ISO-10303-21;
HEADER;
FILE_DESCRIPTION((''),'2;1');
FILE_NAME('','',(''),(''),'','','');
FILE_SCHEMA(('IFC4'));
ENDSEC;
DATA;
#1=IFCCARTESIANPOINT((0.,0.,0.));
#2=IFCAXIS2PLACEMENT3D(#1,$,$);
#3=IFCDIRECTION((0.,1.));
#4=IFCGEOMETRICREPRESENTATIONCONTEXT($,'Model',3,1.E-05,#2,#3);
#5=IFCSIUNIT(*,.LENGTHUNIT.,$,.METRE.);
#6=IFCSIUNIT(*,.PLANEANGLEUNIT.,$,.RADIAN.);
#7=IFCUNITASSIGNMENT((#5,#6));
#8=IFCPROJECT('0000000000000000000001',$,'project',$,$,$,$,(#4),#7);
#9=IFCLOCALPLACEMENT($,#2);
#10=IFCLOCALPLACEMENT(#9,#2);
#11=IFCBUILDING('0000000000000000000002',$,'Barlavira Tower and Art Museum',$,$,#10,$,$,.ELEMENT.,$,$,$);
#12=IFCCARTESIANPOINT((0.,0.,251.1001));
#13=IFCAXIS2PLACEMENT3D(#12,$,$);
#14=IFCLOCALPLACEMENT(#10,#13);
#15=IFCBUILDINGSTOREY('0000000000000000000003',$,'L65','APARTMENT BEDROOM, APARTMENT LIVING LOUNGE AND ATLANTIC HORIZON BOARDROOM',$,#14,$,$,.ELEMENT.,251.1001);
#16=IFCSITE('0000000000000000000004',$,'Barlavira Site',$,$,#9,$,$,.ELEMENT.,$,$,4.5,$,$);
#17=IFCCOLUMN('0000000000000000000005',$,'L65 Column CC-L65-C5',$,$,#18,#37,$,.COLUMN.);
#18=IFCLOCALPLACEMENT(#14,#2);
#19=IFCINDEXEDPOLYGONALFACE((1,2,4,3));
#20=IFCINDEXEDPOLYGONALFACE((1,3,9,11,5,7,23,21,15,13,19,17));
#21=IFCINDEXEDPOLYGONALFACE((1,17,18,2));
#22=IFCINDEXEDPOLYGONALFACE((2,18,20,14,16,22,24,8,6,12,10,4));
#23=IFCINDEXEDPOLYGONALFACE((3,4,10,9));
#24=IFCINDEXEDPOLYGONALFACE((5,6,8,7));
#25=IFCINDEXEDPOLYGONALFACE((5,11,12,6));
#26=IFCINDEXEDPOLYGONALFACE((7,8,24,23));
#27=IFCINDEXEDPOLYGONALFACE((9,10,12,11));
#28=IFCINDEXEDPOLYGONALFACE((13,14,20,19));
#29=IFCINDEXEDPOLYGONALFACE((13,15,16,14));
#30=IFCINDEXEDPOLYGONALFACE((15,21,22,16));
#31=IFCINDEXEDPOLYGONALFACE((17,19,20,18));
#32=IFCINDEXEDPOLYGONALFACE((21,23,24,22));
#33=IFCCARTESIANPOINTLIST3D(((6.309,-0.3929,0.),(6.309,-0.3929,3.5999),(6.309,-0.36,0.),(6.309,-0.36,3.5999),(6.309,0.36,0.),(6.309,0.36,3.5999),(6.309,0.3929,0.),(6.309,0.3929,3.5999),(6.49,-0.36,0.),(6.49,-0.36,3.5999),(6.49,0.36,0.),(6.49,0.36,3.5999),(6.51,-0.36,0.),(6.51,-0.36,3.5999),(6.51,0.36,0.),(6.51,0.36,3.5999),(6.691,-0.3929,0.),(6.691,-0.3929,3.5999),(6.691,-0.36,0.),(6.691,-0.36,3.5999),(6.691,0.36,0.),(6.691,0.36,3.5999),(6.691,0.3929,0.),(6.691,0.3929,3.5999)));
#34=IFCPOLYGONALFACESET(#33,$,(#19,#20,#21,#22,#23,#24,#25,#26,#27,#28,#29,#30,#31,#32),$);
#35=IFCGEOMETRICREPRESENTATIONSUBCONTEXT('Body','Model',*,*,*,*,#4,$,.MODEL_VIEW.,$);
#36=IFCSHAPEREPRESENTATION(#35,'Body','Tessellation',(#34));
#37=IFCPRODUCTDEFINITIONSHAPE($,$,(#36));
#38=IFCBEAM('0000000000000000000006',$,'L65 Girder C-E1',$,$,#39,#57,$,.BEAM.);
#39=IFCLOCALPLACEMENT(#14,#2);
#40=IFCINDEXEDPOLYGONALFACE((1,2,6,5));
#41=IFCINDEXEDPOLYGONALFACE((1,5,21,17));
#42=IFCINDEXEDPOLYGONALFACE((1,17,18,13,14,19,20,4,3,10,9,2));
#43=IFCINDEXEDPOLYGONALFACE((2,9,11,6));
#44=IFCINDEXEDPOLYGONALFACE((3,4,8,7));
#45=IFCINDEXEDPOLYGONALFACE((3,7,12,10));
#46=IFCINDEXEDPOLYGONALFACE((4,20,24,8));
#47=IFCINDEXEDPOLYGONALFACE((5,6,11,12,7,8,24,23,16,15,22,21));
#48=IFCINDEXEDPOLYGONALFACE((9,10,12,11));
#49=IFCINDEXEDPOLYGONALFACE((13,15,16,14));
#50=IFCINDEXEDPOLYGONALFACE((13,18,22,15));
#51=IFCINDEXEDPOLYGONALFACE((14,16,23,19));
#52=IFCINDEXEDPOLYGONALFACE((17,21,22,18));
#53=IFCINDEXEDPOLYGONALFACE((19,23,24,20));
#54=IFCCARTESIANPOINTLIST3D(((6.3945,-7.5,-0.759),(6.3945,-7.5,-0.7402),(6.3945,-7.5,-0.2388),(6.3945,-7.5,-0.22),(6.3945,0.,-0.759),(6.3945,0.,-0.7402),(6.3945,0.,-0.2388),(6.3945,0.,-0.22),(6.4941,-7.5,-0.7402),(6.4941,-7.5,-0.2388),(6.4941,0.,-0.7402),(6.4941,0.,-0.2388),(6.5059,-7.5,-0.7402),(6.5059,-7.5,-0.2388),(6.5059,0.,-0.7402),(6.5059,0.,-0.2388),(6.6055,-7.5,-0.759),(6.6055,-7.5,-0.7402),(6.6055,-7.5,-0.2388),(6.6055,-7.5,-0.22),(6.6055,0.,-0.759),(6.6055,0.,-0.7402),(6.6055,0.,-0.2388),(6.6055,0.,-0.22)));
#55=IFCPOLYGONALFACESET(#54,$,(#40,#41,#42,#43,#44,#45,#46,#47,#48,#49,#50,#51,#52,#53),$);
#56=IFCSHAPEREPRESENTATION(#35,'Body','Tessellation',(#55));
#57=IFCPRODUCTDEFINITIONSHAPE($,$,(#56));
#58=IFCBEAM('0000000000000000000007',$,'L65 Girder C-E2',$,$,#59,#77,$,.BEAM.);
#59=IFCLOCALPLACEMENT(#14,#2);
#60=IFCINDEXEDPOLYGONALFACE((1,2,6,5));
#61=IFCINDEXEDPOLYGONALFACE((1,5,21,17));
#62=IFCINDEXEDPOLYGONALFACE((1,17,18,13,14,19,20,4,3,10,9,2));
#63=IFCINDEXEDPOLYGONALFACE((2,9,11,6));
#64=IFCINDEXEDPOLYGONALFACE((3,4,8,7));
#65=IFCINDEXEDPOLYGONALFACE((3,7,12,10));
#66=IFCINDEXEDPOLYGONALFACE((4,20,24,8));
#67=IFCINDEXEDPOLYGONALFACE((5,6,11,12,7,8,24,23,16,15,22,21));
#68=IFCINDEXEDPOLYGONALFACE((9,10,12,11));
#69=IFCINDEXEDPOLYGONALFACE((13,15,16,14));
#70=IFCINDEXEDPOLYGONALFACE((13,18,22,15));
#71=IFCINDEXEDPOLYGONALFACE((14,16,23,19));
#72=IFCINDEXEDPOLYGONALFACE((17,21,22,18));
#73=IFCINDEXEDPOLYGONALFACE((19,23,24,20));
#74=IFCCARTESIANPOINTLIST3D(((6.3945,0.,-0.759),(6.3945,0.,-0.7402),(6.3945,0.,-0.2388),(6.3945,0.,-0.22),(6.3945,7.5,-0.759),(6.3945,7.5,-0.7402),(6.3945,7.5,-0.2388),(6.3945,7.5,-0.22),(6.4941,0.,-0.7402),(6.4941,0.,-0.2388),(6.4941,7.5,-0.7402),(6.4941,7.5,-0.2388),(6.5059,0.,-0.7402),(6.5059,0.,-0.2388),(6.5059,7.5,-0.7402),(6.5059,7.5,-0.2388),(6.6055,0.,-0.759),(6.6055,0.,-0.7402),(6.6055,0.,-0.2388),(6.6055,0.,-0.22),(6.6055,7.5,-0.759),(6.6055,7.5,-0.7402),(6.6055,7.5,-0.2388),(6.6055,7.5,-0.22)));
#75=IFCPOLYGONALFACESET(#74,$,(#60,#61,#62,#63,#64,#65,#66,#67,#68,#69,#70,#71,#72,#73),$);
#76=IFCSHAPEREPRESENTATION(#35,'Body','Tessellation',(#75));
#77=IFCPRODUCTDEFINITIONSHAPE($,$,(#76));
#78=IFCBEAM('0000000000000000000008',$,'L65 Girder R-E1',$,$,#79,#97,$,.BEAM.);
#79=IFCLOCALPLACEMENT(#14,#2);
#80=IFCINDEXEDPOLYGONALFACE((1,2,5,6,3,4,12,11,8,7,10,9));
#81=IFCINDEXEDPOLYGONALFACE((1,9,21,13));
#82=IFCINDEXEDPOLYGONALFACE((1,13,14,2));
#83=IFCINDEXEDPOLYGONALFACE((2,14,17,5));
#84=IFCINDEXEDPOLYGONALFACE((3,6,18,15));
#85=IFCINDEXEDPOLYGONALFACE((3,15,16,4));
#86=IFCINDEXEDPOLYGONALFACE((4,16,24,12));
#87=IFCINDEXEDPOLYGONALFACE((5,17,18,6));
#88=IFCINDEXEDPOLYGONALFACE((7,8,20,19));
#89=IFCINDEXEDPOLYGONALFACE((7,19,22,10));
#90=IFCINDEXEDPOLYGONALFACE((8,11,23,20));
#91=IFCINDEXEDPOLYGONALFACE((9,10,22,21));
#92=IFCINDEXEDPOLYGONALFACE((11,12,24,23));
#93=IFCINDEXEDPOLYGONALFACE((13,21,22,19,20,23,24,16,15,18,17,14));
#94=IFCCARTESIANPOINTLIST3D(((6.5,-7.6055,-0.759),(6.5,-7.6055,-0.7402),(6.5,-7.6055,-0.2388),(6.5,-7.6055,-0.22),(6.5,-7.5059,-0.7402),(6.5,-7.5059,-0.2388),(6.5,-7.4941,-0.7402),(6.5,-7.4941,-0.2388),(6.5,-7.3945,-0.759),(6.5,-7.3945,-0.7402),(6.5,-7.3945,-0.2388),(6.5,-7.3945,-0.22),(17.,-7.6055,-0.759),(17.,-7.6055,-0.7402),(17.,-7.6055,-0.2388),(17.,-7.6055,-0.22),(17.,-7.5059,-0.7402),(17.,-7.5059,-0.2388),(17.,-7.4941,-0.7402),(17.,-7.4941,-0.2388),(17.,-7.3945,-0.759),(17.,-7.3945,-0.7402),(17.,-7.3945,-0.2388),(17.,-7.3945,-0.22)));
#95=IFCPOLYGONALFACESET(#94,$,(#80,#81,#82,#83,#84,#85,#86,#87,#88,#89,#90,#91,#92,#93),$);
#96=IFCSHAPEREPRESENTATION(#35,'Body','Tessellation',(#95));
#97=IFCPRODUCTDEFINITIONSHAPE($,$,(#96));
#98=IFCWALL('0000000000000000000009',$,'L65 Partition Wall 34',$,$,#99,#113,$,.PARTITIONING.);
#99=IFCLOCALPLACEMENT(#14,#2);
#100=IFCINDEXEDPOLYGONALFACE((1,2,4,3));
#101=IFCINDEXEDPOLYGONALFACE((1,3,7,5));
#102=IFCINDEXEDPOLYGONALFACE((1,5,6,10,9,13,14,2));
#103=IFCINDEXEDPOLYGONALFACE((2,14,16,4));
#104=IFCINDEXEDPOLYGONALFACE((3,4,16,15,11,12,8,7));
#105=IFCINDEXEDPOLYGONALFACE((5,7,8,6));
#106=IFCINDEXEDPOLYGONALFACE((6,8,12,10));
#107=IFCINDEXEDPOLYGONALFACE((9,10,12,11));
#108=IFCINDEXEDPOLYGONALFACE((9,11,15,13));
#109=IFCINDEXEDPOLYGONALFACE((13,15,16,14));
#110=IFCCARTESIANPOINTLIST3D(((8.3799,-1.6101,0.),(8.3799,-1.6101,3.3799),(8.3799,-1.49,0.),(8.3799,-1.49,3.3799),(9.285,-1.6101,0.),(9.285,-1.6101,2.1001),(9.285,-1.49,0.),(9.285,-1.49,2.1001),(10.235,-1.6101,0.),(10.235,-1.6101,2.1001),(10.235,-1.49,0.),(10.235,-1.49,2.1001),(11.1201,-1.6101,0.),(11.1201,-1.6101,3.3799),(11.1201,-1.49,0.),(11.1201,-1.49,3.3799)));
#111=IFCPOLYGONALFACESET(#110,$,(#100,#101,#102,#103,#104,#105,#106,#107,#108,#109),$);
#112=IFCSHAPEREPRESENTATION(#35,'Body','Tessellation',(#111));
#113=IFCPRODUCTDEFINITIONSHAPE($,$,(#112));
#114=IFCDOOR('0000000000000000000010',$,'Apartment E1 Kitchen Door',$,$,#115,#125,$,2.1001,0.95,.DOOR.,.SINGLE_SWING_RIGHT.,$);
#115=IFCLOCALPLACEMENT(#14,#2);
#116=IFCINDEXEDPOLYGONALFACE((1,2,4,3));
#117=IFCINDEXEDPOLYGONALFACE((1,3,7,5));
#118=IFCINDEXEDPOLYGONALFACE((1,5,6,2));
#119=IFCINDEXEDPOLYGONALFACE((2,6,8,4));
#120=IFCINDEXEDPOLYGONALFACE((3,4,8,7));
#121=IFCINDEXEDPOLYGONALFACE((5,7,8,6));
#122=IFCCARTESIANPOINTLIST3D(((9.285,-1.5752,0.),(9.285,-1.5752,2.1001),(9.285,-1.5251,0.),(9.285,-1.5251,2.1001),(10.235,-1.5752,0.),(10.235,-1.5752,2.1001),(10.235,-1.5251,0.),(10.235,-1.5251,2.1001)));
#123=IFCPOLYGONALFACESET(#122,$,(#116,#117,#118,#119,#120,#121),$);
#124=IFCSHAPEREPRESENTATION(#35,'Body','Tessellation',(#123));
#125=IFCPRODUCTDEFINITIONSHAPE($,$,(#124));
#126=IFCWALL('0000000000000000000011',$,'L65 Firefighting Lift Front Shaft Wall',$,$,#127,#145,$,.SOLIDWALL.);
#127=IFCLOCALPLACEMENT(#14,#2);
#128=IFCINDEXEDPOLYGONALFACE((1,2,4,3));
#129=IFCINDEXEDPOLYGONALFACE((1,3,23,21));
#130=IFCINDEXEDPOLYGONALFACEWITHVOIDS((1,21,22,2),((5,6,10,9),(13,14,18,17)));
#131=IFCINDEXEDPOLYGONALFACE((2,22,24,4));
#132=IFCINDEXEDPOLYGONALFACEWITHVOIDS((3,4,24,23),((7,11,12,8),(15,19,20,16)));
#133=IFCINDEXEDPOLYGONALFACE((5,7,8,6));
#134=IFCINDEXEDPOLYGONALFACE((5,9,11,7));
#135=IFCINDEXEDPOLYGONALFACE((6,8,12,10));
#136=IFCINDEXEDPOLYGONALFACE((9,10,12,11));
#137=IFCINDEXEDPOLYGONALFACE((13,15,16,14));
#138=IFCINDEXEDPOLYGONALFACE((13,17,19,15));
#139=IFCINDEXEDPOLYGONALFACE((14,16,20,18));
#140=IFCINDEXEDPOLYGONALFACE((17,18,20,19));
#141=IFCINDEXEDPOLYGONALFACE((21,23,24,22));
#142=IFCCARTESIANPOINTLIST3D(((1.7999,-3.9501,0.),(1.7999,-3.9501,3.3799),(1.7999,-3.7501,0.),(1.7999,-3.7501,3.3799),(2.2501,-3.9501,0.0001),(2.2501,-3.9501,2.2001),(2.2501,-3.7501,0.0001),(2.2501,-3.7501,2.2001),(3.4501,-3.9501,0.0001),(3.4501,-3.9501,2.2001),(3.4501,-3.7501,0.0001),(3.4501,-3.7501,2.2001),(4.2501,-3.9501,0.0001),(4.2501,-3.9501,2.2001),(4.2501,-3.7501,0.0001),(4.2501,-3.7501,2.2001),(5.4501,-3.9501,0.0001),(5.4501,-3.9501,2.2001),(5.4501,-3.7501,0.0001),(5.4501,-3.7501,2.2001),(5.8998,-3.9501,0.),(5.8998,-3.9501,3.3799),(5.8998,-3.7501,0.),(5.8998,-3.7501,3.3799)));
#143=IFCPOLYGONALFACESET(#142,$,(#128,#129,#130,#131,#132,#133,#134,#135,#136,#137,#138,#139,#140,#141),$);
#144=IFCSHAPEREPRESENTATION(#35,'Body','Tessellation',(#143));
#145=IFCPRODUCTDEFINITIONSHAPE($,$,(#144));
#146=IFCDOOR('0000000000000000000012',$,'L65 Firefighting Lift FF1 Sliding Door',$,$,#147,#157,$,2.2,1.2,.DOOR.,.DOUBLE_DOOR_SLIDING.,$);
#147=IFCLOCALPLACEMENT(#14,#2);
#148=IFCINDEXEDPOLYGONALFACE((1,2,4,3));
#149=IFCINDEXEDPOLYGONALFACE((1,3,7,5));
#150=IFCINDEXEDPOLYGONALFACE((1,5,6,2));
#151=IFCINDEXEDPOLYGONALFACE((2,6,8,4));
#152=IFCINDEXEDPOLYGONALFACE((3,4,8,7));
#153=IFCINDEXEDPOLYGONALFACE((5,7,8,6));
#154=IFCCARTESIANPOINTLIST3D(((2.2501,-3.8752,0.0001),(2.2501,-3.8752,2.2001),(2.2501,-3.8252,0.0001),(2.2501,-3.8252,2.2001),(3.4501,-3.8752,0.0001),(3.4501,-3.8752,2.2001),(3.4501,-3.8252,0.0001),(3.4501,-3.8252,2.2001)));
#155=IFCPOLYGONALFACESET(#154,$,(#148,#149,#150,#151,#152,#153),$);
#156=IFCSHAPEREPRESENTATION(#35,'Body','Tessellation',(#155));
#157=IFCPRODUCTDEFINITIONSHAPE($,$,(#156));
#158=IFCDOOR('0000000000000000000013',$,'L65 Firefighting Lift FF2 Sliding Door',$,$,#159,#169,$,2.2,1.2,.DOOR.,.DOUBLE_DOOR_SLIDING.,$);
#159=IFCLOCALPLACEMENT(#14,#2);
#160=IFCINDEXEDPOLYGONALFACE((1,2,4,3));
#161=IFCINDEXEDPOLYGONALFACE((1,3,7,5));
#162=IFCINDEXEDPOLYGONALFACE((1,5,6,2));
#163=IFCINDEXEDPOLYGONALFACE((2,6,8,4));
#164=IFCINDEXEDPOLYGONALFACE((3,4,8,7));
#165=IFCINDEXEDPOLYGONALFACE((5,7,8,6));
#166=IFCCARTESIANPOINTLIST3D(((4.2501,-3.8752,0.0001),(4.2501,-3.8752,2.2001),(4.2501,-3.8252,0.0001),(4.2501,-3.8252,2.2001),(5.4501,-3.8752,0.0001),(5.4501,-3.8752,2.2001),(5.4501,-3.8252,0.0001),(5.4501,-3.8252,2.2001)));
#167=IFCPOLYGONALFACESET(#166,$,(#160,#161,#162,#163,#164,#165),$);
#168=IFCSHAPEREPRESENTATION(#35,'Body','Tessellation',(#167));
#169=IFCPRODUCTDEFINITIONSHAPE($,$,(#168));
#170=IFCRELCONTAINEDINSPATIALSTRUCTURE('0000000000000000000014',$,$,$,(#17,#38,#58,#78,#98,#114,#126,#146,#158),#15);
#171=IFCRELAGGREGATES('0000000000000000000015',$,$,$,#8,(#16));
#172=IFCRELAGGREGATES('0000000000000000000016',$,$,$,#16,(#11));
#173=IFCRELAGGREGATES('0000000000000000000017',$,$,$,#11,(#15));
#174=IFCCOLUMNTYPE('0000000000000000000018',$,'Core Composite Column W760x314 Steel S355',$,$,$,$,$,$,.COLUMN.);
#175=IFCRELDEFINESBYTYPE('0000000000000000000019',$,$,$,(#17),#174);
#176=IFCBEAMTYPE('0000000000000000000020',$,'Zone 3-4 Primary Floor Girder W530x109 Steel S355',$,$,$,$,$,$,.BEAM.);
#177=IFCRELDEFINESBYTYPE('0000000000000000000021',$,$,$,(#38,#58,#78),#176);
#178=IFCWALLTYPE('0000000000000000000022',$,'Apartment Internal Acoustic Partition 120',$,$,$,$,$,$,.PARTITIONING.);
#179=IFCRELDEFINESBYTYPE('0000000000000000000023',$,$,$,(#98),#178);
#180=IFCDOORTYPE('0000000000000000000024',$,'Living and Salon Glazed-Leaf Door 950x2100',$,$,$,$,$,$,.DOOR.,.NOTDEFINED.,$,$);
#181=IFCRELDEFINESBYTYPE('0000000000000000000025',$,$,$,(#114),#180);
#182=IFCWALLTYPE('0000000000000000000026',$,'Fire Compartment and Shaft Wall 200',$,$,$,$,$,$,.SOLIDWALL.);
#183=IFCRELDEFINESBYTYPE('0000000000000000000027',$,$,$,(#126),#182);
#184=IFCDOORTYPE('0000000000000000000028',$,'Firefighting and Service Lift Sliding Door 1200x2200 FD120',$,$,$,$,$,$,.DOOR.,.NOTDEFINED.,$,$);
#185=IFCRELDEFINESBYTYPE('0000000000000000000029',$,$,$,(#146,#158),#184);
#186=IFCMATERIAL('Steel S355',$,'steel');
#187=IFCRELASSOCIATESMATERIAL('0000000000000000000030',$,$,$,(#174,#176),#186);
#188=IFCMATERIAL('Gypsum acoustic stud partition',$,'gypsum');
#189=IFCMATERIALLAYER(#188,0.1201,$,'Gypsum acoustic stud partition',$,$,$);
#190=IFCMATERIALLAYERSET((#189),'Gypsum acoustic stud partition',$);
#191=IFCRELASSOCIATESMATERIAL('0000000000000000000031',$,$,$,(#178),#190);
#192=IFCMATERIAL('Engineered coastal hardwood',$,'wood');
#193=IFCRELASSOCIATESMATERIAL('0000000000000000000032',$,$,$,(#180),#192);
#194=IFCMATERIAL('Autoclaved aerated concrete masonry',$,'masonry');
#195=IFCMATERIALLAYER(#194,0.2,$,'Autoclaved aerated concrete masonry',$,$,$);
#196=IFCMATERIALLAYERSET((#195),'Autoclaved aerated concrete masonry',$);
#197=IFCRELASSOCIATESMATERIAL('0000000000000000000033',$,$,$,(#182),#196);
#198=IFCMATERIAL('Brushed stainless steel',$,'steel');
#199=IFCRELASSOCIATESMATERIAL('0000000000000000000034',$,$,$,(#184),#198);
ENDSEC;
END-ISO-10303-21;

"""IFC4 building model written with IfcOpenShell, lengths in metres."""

from ifc_helpers import new_model, si_unit, direction, frame, frame_2d, origin, origin_2d, place, context, subcontext, project, spatial, rectangle, i_section, extrude, material, layer, layer_set, material_profile, profile_set, type_object, element, fill, save


model = new_model("IFC4")

# Units and contexts
model_context = context("Model", 3, precision=1e-05, world=origin(), true_north=direction((0.0, 1.0)))
body_context = subcontext(model_context, "Body", "Model", "MODEL_VIEW")
ifc_project = project(units=[si_unit("LENGTHUNIT", "METRE"), si_unit("PLANEANGLEUNIT", "RADIAN")], contexts=[model_context])

# Site, building, storey
site_placement = place(None, origin())
site = spatial("IfcSite", under=ifc_project, at=site_placement, Name="Barlavira Site", CompositionType="ELEMENT", RefElevation=4.5)
building_placement = place(site_placement, origin())
building = spatial("IfcBuilding", under=site, at=building_placement, Name="Barlavira Tower and Art Museum", CompositionType="ELEMENT")
storey_placement = place(building_placement, frame((0.0, 0.0, 251.1001)))
storey = spatial("IfcBuildingStorey", under=building, at=storey_placement, Name="L65", Description="APARTMENT BEDROOM, APARTMENT LIVING LOUNGE AND ATLANTIC HORIZON BOARDROOM", CompositionType="ELEMENT", Elevation=251.1001)

# Column
ifc_material_1 = material(Name="Steel S355", Category="steel")
ifc_material_profile_1 = material_profile(ifc_material_1, i_section(OverallWidth=0.3821, OverallDepth=0.7859, WebThickness=0.02, FlangeThickness=0.033, at=origin_2d()), Name="W760x314.0")
ifc_profile_set_1 = profile_set([ifc_material_profile_1], Name="Steel S355")
column_type = type_object("IfcColumnType", Name="Core Composite Column W760x314 Steel S355", PredefinedType="COLUMN", material=ifc_profile_set_1)
column_placement = place(storey_placement, frame((6.5, 0.0, 0.0), z_axis=(0.0, 0.0, 1.0), x_axis=(1.0, 0.0, 0.0)))
element("IfcColumn", 1, at=column_placement, inside=storey, type_object=column_type, Name="L65 Column CC-L65-C5", PredefinedType="COLUMN", context=body_context, shape_type="SweptSolid", body=[
    extrude(i_section(OverallWidth=0.3821, OverallDepth=0.7859, WebThickness=0.02, FlangeThickness=0.033, at=origin_2d()), origin(), (0.0, 0.0, 1.0), 3.5999),
])

# Beams
ifc_material_profile_2 = material_profile(ifc_material_1, i_section(OverallWidth=0.2109, OverallDepth=0.5391, WebThickness=0.0117, FlangeThickness=0.0188, at=origin_2d()), Name="W530x109.0")
ifc_profile_set_2 = profile_set([ifc_material_profile_2], Name="Steel S355")
beam_type = type_object("IfcBeamType", Name="Zone 3-4 Primary Floor Girder W530x109 Steel S355", PredefinedType="BEAM", material=ifc_profile_set_2)
for number, where, z_axis, x_axis, name in (
    (2, (6.5, -7.5, -0.4895), (0.0, 1.0, 0.0), (-1.0, 0.0, 0.0), "L65 Girder C-E1"),
    (3, (6.5, 0.0, -0.4895), (0.0, 1.0, 0.0), (-1.0, 0.0, 0.0), "L65 Girder C-E2"),
):
    element("IfcBeam", number, at=place(storey_placement, frame(where, z_axis=z_axis, x_axis=x_axis)), inside=storey, type_object=beam_type, Name=name, PredefinedType="BEAM", context=body_context, shape_type="SweptSolid", body=[
        extrude(i_section(OverallWidth=0.2109, OverallDepth=0.5391, WebThickness=0.0117, FlangeThickness=0.0188, at=origin_2d()), origin(), (0.0, 0.0, 1.0), 7.5),
    ])
beam_placement = place(storey_placement, frame((6.5, -7.5, -0.4895), z_axis=(1.0, 0.0, 0.0), x_axis=(0.0, 1.0, 0.0)))
element("IfcBeam", 4, at=beam_placement, inside=storey, type_object=beam_type, Name="L65 Girder R-E1", PredefinedType="BEAM", context=body_context, shape_type="SweptSolid", body=[
    extrude(i_section(OverallWidth=0.2109, OverallDepth=0.5391, WebThickness=0.0117, FlangeThickness=0.0188, at=origin_2d()), origin(), (0.0, 0.0, 1.0), 10.5),
])

# Wall, opening, door
ifc_material_2 = material(Name="Gypsum acoustic stud partition", Category="gypsum")
ifc_layer_1 = layer(ifc_material_2, 0.1201, Name="Gypsum acoustic stud partition")
ifc_layer_set_1 = layer_set([ifc_layer_1], Name="Gypsum acoustic stud partition")
wall_type_1 = type_object("IfcWallType", Name="Apartment Internal Acoustic Partition 120", PredefinedType="PARTITIONING", material=ifc_layer_set_1)
wall_1_placement = place(storey_placement, frame((8.3799, -1.55, 0.0), z_axis=(0.0, 0.0, 1.0), x_axis=(1.0, 0.0, 0.0)))
wall_1 = element("IfcWall", 5, at=wall_1_placement, inside=storey, type_object=wall_type_1, Name="L65 Partition Wall 34", PredefinedType="PARTITIONING", context=body_context, shape_type="SweptSolid", body=[
    extrude(rectangle(XDim=2.7402, YDim=0.1201, at=frame_2d((1.3701, 0.0))), origin(), (0.0, 0.0, 1.0), 3.3799),
])
opening_1_placement = place(wall_1_placement, frame((0.905, 0.0, 0.0)))
opening_1 = element("IfcOpeningElement", 6, at=opening_1_placement, cuts=wall_1, PredefinedType="OPENING", context=body_context, shape_type="SweptSolid", body=[
    extrude(rectangle(XDim=0.95, YDim=2.1001, at=frame_2d((0.4751, 1.05))), frame((0.0, 0.0701, 0.0), z_axis=(0.0, -1.0, 0.0), x_axis=(1.0, 0.0, 0.0)), (0.0, 0.0, 1.0), 0.1401),
])
ifc_material_3 = material(Name="Engineered coastal hardwood", Category="wood")
door_type_1 = type_object("IfcDoorType", Name="Living and Salon Glazed-Leaf Door 950x2100", OperationType="NOTDEFINED", PredefinedType="DOOR", material=ifc_material_3)
door_1_placement = place(opening_1_placement, origin())
door_1 = element("IfcDoor", 7, at=door_1_placement, inside=storey, type_object=door_type_1, Name="Apartment E1 Kitchen Door", OperationType="SINGLE_SWING_RIGHT", OverallHeight=2.1001, OverallWidth=0.95, PredefinedType="DOOR", context=body_context, shape_type="SweptSolid", body=[
    extrude(rectangle(XDim=0.95, YDim=2.1001, at=frame_2d((0.4751, 1.05))), frame((0.0, 0.0249, 0.0), z_axis=(0.0, -1.0, 0.0), x_axis=(1.0, 0.0, 0.0)), (0.0, 0.0, 1.0), 0.05),
])
fill(opening_1, door_1)
ifc_material_4 = material(Name="Brushed stainless steel", Category="steel")

# Wall, openings, doors
ifc_material_5 = material(Name="Autoclaved aerated concrete masonry", Category="masonry")
ifc_layer_2 = layer(ifc_material_5, 0.2, Name="Autoclaved aerated concrete masonry")
ifc_layer_set_2 = layer_set([ifc_layer_2], Name="Autoclaved aerated concrete masonry")
wall_type_2 = type_object("IfcWallType", Name="Fire Compartment and Shaft Wall 200", PredefinedType="SOLIDWALL", material=ifc_layer_set_2)
wall_2_placement = place(storey_placement, frame((1.8, -3.8501, 0.0), z_axis=(0.0, 0.0, 1.0), x_axis=(1.0, 0.0, 0.0)))
wall_2 = element("IfcWall", 8, at=wall_2_placement, inside=storey, type_object=wall_type_2, Name="L65 Firefighting Lift Front Shaft Wall", PredefinedType="SOLIDWALL", context=body_context, shape_type="SweptSolid", body=[
    extrude(rectangle(XDim=4.0999, YDim=0.2, at=frame_2d((2.0498, 0.0))), origin(), (0.0, 0.0, 1.0), 3.3799),
])
opening_2_placement = place(wall_2_placement, frame((0.45, 0.0, 0.0)))
opening_2 = element("IfcOpeningElement", 9, at=opening_2_placement, cuts=wall_2, PredefinedType="OPENING", context=body_context, shape_type="SweptSolid", body=[
    extrude(rectangle(XDim=1.2, YDim=2.2, at=frame_2d((0.6001, 1.1001))), frame((0.0, 0.1099, 0.0), z_axis=(0.0, -1.0, 0.0), x_axis=(1.0, 0.0, 0.0)), (0.0, 0.0, 1.0), 0.22),
])
opening_3_placement = place(wall_2_placement, frame((2.45, 0.0, 0.0)))
opening_3 = element("IfcOpeningElement", 10, at=opening_3_placement, cuts=wall_2, PredefinedType="OPENING", context=body_context, shape_type="SweptSolid", body=[
    extrude(rectangle(XDim=1.2, YDim=2.2, at=frame_2d((0.6001, 1.1001))), frame((0.0, 0.1099, 0.0), z_axis=(0.0, -1.0, 0.0), x_axis=(1.0, 0.0, 0.0)), (0.0, 0.0, 1.0), 0.22),
])
door_type_2 = type_object("IfcDoorType", Name="Firefighting and Service Lift Sliding Door 1200x2200 FD120", OperationType="NOTDEFINED", PredefinedType="DOOR", material=ifc_material_4)
door_2_placement = place(opening_2_placement, origin())
door_2 = element("IfcDoor", 11, at=door_2_placement, inside=storey, type_object=door_type_2, Name="L65 Firefighting Lift FF1 Sliding Door", OperationType="DOUBLE_DOOR_SLIDING", OverallHeight=2.2, OverallWidth=1.2, PredefinedType="DOOR", context=body_context, shape_type="SweptSolid", body=[
    extrude(rectangle(XDim=1.2, YDim=2.2, at=frame_2d((0.6001, 1.1001))), frame((0.0, 0.0249, 0.0), z_axis=(0.0, -1.0, 0.0), x_axis=(1.0, 0.0, 0.0)), (0.0, 0.0, 1.0), 0.05),
])
fill(opening_2, door_2)
door_3_placement = place(opening_3_placement, origin())
door_3 = element("IfcDoor", 12, at=door_3_placement, inside=storey, type_object=door_type_2, Name="L65 Firefighting Lift FF2 Sliding Door", OperationType="DOUBLE_DOOR_SLIDING", OverallHeight=2.2, OverallWidth=1.2, PredefinedType="DOOR", context=body_context, shape_type="SweptSolid", body=[
    extrude(rectangle(XDim=1.2, YDim=2.2, at=frame_2d((0.6001, 1.1001))), frame((0.0, 0.0249, 0.0), z_axis=(0.0, -1.0, 0.0), x_axis=(1.0, 0.0, 0.0)), (0.0, 0.0, 1.0), 0.05),
])
fill(opening_3, door_3)

save(model, "model.ifc")
